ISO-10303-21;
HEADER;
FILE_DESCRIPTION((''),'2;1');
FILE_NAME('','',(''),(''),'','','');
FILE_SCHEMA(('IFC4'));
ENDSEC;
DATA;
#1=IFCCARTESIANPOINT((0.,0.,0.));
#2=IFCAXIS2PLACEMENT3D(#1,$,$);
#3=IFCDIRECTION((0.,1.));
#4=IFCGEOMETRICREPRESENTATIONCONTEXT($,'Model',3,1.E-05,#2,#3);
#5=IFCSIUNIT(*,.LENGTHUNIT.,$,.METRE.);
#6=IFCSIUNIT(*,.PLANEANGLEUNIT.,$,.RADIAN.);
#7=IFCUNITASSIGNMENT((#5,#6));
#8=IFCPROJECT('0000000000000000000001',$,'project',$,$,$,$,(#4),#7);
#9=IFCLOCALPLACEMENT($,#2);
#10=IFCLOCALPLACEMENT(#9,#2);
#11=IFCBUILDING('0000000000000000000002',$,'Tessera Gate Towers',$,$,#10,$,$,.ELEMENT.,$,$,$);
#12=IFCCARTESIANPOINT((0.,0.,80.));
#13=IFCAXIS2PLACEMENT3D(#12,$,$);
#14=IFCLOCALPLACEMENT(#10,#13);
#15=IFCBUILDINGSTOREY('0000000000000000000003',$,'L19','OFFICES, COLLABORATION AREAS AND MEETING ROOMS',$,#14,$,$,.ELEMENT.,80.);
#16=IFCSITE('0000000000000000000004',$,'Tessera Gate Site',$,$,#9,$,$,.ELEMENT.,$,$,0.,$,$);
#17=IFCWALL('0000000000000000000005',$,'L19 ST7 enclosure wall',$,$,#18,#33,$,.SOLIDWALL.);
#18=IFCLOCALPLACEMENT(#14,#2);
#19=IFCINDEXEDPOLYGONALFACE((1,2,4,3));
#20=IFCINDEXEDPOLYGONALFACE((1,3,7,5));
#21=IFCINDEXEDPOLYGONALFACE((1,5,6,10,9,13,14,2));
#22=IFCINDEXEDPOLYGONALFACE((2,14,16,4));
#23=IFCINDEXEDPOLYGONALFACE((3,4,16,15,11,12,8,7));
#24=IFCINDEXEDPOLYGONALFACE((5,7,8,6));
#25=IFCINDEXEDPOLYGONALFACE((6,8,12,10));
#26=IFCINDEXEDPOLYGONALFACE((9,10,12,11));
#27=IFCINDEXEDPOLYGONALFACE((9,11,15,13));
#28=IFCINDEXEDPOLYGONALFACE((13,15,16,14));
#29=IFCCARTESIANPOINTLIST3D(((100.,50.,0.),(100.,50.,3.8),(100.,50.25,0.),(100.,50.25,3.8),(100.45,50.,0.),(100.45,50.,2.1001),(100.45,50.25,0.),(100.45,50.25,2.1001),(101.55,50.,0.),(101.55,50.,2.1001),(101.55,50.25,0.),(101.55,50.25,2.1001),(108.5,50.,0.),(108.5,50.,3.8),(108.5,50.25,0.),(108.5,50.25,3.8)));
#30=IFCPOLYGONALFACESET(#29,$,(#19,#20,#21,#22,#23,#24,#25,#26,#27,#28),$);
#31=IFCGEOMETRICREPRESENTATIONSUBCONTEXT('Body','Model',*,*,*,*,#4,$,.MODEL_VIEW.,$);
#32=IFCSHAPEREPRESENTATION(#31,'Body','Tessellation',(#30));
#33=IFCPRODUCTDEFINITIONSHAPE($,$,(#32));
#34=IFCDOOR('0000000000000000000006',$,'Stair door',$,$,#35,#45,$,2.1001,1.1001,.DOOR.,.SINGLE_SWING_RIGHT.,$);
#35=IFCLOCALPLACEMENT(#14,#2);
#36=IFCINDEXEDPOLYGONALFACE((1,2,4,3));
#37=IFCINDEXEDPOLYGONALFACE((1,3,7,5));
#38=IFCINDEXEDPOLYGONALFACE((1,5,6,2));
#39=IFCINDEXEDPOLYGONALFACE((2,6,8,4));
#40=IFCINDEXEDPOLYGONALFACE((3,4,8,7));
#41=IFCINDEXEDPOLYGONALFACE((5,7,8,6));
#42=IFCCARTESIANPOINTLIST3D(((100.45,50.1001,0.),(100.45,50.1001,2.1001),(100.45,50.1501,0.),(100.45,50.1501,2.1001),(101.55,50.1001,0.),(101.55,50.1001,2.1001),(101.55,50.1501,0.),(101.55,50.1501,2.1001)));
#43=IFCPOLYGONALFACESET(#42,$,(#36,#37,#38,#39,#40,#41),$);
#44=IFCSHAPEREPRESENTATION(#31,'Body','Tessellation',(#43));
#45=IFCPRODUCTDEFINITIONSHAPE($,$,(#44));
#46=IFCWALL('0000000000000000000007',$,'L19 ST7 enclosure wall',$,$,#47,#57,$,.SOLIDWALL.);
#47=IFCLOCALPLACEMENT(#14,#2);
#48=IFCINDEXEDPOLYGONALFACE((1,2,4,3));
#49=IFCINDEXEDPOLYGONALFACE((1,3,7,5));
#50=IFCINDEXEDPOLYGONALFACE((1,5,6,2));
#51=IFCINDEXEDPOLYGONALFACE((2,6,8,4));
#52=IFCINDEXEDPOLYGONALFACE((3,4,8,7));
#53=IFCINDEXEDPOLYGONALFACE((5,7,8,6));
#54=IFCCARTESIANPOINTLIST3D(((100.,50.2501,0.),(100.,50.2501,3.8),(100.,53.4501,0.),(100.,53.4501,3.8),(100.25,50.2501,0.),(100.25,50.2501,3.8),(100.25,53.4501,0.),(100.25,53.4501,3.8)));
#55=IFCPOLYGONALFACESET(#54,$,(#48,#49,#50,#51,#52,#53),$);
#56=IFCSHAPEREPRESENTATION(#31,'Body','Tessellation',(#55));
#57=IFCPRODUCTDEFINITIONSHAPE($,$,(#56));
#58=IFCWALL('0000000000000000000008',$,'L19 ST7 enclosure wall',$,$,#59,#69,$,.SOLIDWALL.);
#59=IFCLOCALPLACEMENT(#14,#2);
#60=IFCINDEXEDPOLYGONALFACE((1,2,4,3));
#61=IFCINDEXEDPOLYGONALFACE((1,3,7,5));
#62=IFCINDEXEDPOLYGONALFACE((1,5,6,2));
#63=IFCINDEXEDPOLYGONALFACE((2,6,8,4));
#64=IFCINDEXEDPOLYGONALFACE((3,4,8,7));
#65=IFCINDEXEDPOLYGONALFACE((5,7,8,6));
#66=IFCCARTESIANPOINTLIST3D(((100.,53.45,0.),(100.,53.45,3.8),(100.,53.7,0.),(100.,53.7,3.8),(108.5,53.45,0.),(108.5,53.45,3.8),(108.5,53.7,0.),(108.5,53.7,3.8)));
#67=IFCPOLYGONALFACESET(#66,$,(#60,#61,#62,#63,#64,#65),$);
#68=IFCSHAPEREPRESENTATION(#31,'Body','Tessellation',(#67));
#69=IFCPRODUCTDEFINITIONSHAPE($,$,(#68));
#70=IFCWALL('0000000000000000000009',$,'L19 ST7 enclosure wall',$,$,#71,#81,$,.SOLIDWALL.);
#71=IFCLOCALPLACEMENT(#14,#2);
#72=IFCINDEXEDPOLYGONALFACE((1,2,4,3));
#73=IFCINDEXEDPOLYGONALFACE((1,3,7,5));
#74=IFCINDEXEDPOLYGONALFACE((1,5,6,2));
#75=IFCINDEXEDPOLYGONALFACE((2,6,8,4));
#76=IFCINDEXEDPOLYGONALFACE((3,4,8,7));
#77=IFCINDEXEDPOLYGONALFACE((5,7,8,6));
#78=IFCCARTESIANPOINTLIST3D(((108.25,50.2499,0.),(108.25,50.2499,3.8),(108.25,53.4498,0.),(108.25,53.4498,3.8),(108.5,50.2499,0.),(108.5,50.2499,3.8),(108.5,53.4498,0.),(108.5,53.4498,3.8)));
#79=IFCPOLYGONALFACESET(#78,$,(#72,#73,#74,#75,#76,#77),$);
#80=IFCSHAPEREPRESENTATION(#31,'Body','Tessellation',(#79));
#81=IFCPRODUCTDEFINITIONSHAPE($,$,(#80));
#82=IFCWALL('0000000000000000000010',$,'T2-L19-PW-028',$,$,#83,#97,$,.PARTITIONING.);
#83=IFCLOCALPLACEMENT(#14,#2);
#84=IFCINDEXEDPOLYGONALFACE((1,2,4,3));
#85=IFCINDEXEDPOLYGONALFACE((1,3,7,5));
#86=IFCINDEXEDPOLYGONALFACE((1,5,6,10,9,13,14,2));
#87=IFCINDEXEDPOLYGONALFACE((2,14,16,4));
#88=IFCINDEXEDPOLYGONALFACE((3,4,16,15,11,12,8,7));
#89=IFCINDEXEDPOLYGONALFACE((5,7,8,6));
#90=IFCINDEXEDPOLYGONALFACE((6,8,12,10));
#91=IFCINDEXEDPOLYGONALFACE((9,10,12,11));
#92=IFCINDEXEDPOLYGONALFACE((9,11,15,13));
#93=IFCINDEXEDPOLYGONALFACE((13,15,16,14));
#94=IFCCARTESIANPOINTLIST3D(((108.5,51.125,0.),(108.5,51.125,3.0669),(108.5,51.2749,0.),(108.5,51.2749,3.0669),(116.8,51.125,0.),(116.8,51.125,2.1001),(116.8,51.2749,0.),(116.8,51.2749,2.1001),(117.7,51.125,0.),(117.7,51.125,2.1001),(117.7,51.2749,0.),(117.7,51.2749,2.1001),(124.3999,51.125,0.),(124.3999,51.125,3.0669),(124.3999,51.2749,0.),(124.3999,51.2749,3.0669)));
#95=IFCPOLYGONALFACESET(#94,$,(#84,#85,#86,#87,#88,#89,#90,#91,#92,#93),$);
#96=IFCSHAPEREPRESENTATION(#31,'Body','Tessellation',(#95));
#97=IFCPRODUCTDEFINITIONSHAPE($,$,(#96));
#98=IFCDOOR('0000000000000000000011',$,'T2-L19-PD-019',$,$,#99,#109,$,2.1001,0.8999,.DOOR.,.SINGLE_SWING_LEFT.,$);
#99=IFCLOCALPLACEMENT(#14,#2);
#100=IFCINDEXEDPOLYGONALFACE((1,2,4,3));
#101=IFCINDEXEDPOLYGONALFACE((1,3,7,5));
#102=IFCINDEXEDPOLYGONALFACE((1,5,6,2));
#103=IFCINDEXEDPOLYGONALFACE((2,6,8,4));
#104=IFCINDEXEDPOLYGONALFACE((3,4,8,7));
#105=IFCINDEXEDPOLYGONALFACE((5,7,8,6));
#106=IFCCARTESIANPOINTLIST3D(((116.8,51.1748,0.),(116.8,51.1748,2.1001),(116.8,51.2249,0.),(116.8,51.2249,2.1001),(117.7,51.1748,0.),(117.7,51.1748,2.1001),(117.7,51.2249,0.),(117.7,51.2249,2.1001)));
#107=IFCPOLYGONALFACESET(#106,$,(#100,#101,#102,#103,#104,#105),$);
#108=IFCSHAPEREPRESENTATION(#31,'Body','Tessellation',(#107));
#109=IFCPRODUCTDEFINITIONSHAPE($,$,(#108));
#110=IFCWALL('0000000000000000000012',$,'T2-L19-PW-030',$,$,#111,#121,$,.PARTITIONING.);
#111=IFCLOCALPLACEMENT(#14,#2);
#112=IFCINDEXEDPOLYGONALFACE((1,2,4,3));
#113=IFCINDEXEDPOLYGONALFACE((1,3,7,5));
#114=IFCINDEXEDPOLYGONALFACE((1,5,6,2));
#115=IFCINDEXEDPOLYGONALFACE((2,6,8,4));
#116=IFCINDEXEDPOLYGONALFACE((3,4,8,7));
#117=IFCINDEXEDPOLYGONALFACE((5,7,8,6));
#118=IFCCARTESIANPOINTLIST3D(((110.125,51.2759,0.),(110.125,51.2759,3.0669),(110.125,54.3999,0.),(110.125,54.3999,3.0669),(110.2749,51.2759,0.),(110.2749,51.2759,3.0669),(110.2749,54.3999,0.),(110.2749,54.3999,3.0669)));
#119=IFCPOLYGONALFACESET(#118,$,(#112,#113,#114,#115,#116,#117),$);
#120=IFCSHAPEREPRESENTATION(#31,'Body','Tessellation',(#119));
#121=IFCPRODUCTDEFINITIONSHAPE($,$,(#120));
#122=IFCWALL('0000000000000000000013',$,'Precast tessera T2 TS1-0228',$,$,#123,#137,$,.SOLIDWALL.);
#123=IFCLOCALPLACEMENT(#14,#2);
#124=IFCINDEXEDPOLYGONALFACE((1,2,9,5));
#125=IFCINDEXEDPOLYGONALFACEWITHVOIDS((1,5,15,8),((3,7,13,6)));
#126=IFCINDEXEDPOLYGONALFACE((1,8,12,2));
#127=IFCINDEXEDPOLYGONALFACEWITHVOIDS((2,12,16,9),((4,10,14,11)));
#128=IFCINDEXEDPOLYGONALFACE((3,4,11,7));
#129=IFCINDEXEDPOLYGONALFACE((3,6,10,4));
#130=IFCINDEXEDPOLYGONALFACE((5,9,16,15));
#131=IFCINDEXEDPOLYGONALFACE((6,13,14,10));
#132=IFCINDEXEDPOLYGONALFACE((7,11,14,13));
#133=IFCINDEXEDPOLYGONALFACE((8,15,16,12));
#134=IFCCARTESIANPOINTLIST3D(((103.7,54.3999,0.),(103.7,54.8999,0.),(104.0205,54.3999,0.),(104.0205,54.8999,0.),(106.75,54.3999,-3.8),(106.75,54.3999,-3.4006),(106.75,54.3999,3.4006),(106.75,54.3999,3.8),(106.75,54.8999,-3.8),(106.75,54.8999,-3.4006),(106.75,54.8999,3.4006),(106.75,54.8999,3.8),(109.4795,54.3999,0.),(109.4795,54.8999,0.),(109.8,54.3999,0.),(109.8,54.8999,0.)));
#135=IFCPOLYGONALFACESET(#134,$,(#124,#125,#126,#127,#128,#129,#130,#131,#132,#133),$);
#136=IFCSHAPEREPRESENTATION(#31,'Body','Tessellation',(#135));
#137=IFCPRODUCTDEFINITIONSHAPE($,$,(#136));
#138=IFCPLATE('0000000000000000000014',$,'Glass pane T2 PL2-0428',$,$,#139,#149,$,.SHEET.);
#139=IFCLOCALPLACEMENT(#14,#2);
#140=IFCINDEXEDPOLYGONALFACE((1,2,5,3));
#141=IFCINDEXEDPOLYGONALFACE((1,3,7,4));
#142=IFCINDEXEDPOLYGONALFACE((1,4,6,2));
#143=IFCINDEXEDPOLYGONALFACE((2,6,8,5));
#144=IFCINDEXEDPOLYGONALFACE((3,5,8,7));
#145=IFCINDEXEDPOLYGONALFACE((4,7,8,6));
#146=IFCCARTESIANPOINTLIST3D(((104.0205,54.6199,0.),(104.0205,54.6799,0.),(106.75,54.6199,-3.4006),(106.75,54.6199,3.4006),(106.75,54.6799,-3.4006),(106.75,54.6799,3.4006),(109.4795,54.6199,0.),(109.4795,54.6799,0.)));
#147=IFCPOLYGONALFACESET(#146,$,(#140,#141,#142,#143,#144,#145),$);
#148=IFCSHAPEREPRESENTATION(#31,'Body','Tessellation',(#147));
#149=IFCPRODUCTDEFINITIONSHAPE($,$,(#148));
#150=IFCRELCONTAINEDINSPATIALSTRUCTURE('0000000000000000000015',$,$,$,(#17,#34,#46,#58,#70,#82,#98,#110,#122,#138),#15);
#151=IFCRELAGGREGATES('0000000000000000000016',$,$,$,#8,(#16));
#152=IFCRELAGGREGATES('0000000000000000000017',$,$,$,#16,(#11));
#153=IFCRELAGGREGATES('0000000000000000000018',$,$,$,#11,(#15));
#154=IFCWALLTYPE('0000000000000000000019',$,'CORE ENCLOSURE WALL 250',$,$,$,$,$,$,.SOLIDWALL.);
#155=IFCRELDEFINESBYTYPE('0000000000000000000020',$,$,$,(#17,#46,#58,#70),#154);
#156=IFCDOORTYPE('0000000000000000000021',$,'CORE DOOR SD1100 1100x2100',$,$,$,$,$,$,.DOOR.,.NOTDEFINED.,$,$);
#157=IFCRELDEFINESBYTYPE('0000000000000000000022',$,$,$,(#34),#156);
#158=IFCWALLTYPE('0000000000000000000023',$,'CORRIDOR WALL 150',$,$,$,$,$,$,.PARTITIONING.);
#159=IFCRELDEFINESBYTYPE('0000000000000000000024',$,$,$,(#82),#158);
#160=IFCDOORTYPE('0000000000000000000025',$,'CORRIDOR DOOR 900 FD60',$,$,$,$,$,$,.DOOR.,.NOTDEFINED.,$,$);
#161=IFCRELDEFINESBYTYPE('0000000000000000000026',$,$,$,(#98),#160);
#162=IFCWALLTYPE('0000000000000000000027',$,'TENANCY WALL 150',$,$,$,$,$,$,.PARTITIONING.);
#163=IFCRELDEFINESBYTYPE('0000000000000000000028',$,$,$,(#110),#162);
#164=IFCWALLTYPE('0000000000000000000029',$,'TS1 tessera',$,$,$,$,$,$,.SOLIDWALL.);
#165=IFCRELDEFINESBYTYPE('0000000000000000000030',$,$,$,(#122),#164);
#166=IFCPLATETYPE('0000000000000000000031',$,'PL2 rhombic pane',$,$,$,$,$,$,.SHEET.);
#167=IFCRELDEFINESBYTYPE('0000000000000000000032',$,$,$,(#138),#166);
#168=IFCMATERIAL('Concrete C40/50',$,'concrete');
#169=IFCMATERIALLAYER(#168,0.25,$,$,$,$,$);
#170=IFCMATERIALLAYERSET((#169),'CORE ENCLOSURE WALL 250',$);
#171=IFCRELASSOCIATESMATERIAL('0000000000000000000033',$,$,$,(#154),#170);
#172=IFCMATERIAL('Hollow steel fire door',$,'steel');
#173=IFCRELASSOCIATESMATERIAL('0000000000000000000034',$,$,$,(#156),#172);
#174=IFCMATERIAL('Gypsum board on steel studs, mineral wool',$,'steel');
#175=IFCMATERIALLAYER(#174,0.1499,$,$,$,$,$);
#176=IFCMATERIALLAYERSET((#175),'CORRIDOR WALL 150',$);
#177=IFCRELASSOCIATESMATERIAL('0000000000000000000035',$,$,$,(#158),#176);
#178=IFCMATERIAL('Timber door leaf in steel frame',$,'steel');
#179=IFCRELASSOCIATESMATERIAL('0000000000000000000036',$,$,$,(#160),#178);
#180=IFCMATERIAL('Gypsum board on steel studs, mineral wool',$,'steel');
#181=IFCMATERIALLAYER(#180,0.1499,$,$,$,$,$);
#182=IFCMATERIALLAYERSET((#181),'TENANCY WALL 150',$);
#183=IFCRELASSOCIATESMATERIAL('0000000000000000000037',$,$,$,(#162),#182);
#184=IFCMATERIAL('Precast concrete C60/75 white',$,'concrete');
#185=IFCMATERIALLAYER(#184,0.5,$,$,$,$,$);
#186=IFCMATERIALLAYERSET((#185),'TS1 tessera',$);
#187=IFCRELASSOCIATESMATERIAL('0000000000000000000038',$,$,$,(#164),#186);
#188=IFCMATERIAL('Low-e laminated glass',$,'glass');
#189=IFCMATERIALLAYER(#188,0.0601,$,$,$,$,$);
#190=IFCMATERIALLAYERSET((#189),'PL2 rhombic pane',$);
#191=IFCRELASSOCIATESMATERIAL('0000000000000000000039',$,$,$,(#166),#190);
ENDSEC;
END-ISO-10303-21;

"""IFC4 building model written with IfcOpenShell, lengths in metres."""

from ifc_helpers import new_model, si_unit, direction, frame, frame_2d, origin, place, context, subcontext, project, spatial, polyline, rectangle, outline, extrude, source, transform, mapped, material, layer, layer_set, type_object, element, fill, save


model = new_model("IFC4")

# Units and contexts
model_context = context("Model", 3, precision=1e-05, world=origin(), true_north=direction((0.0, 1.0)))
body_context = subcontext(model_context, "Body", "Model", "MODEL_VIEW")
ifc_project = project(units=[si_unit("LENGTHUNIT", "METRE"), si_unit("PLANEANGLEUNIT", "RADIAN")], contexts=[model_context])

# Site, building, storey
site_placement = place(None, origin())
site = spatial("IfcSite", under=ifc_project, at=site_placement, Name="Tessera Gate Site", CompositionType="ELEMENT", RefElevation=0.0)
building_placement = place(site_placement, origin())
building = spatial("IfcBuilding", under=site, at=building_placement, Name="Tessera Gate Towers", CompositionType="ELEMENT")
storey_placement = place(building_placement, frame((0.0, 0.0, 80.0)))
storey = spatial("IfcBuildingStorey", under=building, at=storey_placement, Name="L19", Description="OFFICES, COLLABORATION AREAS AND MEETING ROOMS", CompositionType="ELEMENT", Elevation=80.0)

# Wall, opening, door
ifc_material_1 = material(Name="Concrete C40/50", Category="concrete")
ifc_layer_1 = layer(ifc_material_1, 0.25)
ifc_layer_set_1 = layer_set([ifc_layer_1], Name="CORE ENCLOSURE WALL 250")
wall_type_1 = type_object("IfcWallType", Name="CORE ENCLOSURE WALL 250", PredefinedType="SOLIDWALL", material=ifc_layer_set_1)
wall_1_placement = place(storey_placement, frame((108.5, 50.125, 0.0), z_axis=(0.0, 0.0, 1.0), x_axis=(-1.0, 0.0, 0.0)))
wall_1 = element("IfcWall", 1, at=wall_1_placement, inside=storey, type_object=wall_type_1, Name="L19 ST7 enclosure wall", PredefinedType="SOLIDWALL", context=body_context, shape_type="SweptSolid", body=[
    extrude(rectangle(XDim=8.5, YDim=0.25, at=frame_2d((4.25, 0.0))), origin(), (0.0, 0.0, 1.0), 3.8),
])
shared_shape_1 = source(origin(), body_context, "Body", "SweptSolid", [
    extrude(rectangle(XDim=1.1001, YDim=2.1001, at=frame_2d((0.55, 1.05))), frame((0.0, 0.135, 0.0), z_axis=(0.0, -1.0, 0.0), x_axis=(1.0, 0.0, 0.0)), (0.0, 0.0, 1.0), 0.27),
])
opening_1_placement = place(wall_1_placement, frame((6.95, 0.0, 0.0)))
opening_1 = element("IfcOpeningElement", 2, at=opening_1_placement, cuts=wall_1, PredefinedType="OPENING", context=body_context, shape_type="MappedRepresentation", body=[
    mapped(shared_shape_1, transform((0.0, 0.0, 0.0), scale=1.0)),
])
ifc_material_2 = material(Name="Hollow steel fire door", Category="steel")
door_type_1 = type_object("IfcDoorType", Name="CORE DOOR SD1100 1100x2100", OperationType="NOTDEFINED", PredefinedType="DOOR", material=ifc_material_2)
shared_shape_2 = source(origin(), body_context, "Body", "SweptSolid", [
    extrude(rectangle(XDim=1.1001, YDim=2.1001, at=frame_2d((0.55, 1.05))), frame((0.0, 0.0249, 0.0), z_axis=(0.0, -1.0, 0.0), x_axis=(1.0, 0.0, 0.0)), (0.0, 0.0, 1.0), 0.05),
])
door_1_placement = place(opening_1_placement, origin())
door_1 = element("IfcDoor", 3, at=door_1_placement, inside=storey, type_object=door_type_1, Name="Stair door", OperationType="SINGLE_SWING_RIGHT", OverallHeight=2.1001, OverallWidth=1.1001, PredefinedType="DOOR", context=body_context, shape_type="MappedRepresentation", body=[
    mapped(shared_shape_2, transform((0.0, 0.0, 0.0), scale=1.0)),
])
fill(opening_1, door_1)

# Walls
wall_2_placement = place(storey_placement, frame((100.125, 50.25, 0.0), z_axis=(0.0, 0.0, 1.0), x_axis=(0.0, 1.0, 0.0)))
element("IfcWall", 4, at=wall_2_placement, inside=storey, type_object=wall_type_1, Name="L19 ST7 enclosure wall", PredefinedType="SOLIDWALL", context=body_context, shape_type="SweptSolid", body=[
    extrude(rectangle(XDim=3.2, YDim=0.25, at=frame_2d((1.6001, 0.0))), origin(), (0.0, 0.0, 1.0), 3.8),
])
wall_3_placement = place(storey_placement, frame((100.0, 53.575, 0.0), z_axis=(0.0, 0.0, 1.0), x_axis=(1.0, 0.0, 0.0)))
element("IfcWall", 5, at=wall_3_placement, inside=storey, type_object=wall_type_1, Name="L19 ST7 enclosure wall", PredefinedType="SOLIDWALL", context=body_context, shape_type="SweptSolid", body=[
    extrude(rectangle(XDim=8.5, YDim=0.25, at=frame_2d((4.25, 0.0))), origin(), (0.0, 0.0, 1.0), 3.8),
])
wall_4_placement = place(storey_placement, frame((108.375, 53.45, 0.0), z_axis=(0.0, 0.0, 1.0), x_axis=(0.0, -1.0, 0.0)))
element("IfcWall", 6, at=wall_4_placement, inside=storey, type_object=wall_type_1, Name="L19 ST7 enclosure wall", PredefinedType="SOLIDWALL", context=body_context, shape_type="SweptSolid", body=[
    extrude(rectangle(XDim=3.2, YDim=0.25, at=frame_2d((1.6001, 0.0))), origin(), (0.0, 0.0, 1.0), 3.8),
])

# Wall, opening, door
ifc_material_3 = material(Name="Gypsum board on steel studs, mineral wool", Category="steel")
ifc_layer_2 = layer(ifc_material_3, 0.1499)
ifc_layer_set_2 = layer_set([ifc_layer_2], Name="CORRIDOR WALL 150")
wall_type_2 = type_object("IfcWallType", Name="CORRIDOR WALL 150", PredefinedType="PARTITIONING", material=ifc_layer_set_2)
wall_5_placement = place(storey_placement, frame((108.5, 51.2, 0.0), z_axis=(0.0, 0.0, 1.0), x_axis=(1.0, 0.0, 0.0)))
wall_5 = element("IfcWall", 7, at=wall_5_placement, inside=storey, type_object=wall_type_2, Name="T2-L19-PW-028", PredefinedType="PARTITIONING", context=body_context, shape_type="SweptSolid", body=[
    extrude(rectangle(XDim=15.8999, YDim=0.1499, at=frame_2d((7.95, 0.0))), origin(), (0.0, 0.0, 1.0), 3.0669),
])
shared_shape_3 = source(origin(), body_context, "Body", "SweptSolid", [
    extrude(rectangle(XDim=0.8999, YDim=2.1001, at=frame_2d((0.45, 1.05))), frame((0.0, 0.085, 0.0), z_axis=(0.0, -1.0, 0.0), x_axis=(1.0, 0.0, 0.0)), (0.0, 0.0, 1.0), 0.1699),
])
opening_2_placement = place(wall_5_placement, frame((8.3, 0.0, 0.0)))
opening_2 = element("IfcOpeningElement", 8, at=opening_2_placement, cuts=wall_5, PredefinedType="OPENING", context=body_context, shape_type="MappedRepresentation", body=[
    mapped(shared_shape_3, transform((0.0, 0.0, 0.0), scale=1.0)),
])
ifc_material_4 = material(Name="Timber door leaf in steel frame", Category="steel")
door_type_2 = type_object("IfcDoorType", Name="CORRIDOR DOOR 900 FD60", OperationType="NOTDEFINED", PredefinedType="DOOR", material=ifc_material_4)
shared_shape_4 = source(origin(), body_context, "Body", "SweptSolid", [
    extrude(rectangle(XDim=0.8999, YDim=2.1001, at=frame_2d((0.45, 1.05))), frame((0.0, 0.0249, 0.0), z_axis=(0.0, -1.0, 0.0), x_axis=(1.0, 0.0, 0.0)), (0.0, 0.0, 1.0), 0.05),
])
door_2_placement = place(opening_2_placement, origin())
door_2 = element("IfcDoor", 9, at=door_2_placement, inside=storey, type_object=door_type_2, Name="T2-L19-PD-019", OperationType="SINGLE_SWING_LEFT", OverallHeight=2.1001, OverallWidth=0.8999, PredefinedType="DOOR", context=body_context, shape_type="MappedRepresentation", body=[
    mapped(shared_shape_4, transform((0.0, 0.0, 0.0), scale=1.0)),
])
fill(opening_2, door_2)

# Wall
ifc_material_5 = material(Name="Gypsum board on steel studs, mineral wool", Category="steel")
ifc_layer_3 = layer(ifc_material_5, 0.1499)
ifc_layer_set_3 = layer_set([ifc_layer_3], Name="TENANCY WALL 150")
wall_type_3 = type_object("IfcWallType", Name="TENANCY WALL 150", PredefinedType="PARTITIONING", material=ifc_layer_set_3)
wall_6_placement = place(storey_placement, frame((110.2, 51.2759, 0.0), z_axis=(0.0, 0.0, 1.0), x_axis=(0.0, 1.0, 0.0)))
element("IfcWall", 10, at=wall_6_placement, inside=storey, type_object=wall_type_3, Name="T2-L19-PW-030", PredefinedType="PARTITIONING", context=body_context, shape_type="SweptSolid", body=[
    extrude(rectangle(XDim=3.124, YDim=0.1499, at=frame_2d((1.562, 0.0))), origin(), (0.0, 0.0, 1.0), 3.0669),
])

# Wall, opening, plate
ifc_material_6 = material(Name="Precast concrete C60/75 white", Category="concrete")
ifc_layer_4 = layer(ifc_material_6, 0.5)
ifc_layer_set_4 = layer_set([ifc_layer_4], Name="TS1 tessera")
wall_type_4 = type_object("IfcWallType", Name="TS1 tessera", PredefinedType="SOLIDWALL", material=ifc_layer_set_4)
shared_shape_5 = source(origin(), body_context, "Body", "SweptSolid", [
    extrude(outline(polyline([(3.05, 0.0), (6.1001, 3.8), (3.05, 7.6001), (0.0, 3.8), (3.05, 0.0)])), frame((0.0, 0.25, 0.0), z_axis=(0.0, -1.0, 0.0), x_axis=(1.0, 0.0, 0.0)), (0.0, 0.0, 1.0), 0.5),
])
wall_7_placement = place(storey_placement, frame((109.8, 54.6499, -3.8), z_axis=(0.0, 0.0, 1.0), x_axis=(-1.0, 0.0, 0.0)))
wall_7 = element("IfcWall", 11, at=wall_7_placement, inside=storey, type_object=wall_type_4, Name="Precast tessera T2 TS1-0228", PredefinedType="SOLIDWALL", context=body_context, shape_type="MappedRepresentation", body=[
    mapped(shared_shape_5, transform((0.0, 0.0, 0.0), scale=1.0)),
])
shared_shape_6 = source(origin(), body_context, "Body", "SweptSolid", [
    extrude(outline(polyline([(3.05, 0.3994), (5.7795, 3.8), (3.05, 7.2007), (0.3206, 3.8), (3.05, 0.3994)])), frame((0.0, 0.26, 0.0), z_axis=(0.0, -1.0, 0.0), x_axis=(1.0, 0.0, 0.0)), (0.0, 0.0, 1.0), 0.52),
])
opening_3_placement = place(wall_7_placement, origin())
opening_3 = element("IfcOpeningElement", 12, at=opening_3_placement, cuts=wall_7, PredefinedType="OPENING", context=body_context, shape_type="MappedRepresentation", body=[
    mapped(shared_shape_6, transform((0.0, 0.0, 0.0), scale=1.0)),
])
ifc_material_7 = material(Name="Low-e laminated glass", Category="glass")
ifc_layer_5 = layer(ifc_material_7, 0.0601)
ifc_layer_set_5 = layer_set([ifc_layer_5], Name="PL2 rhombic pane")
plate_type = type_object("IfcPlateType", Name="PL2 rhombic pane", PredefinedType="SHEET", material=ifc_layer_set_5)
shared_shape_7 = source(origin(), body_context, "Body", "SweptSolid", [
    extrude(outline(polyline([(3.05, 0.3994), (5.7795, 3.8), (3.05, 7.2007), (0.3206, 3.8), (3.05, 0.3994)])), frame((0.0, 0.03, 0.0), z_axis=(0.0, -1.0, 0.0), x_axis=(1.0, 0.0, 0.0)), (0.0, 0.0, 1.0), 0.0601),
])
plate_placement = place(opening_3_placement, origin())
plate = element("IfcPlate", 13, at=plate_placement, inside=storey, type_object=plate_type, Name="Glass pane T2 PL2-0428", PredefinedType="SHEET", context=body_context, shape_type="MappedRepresentation", body=[
    mapped(shared_shape_7, transform((0.0, 0.0, 0.0), scale=1.0)),
])
fill(opening_3, plate)

save(model, "model.ifc")
